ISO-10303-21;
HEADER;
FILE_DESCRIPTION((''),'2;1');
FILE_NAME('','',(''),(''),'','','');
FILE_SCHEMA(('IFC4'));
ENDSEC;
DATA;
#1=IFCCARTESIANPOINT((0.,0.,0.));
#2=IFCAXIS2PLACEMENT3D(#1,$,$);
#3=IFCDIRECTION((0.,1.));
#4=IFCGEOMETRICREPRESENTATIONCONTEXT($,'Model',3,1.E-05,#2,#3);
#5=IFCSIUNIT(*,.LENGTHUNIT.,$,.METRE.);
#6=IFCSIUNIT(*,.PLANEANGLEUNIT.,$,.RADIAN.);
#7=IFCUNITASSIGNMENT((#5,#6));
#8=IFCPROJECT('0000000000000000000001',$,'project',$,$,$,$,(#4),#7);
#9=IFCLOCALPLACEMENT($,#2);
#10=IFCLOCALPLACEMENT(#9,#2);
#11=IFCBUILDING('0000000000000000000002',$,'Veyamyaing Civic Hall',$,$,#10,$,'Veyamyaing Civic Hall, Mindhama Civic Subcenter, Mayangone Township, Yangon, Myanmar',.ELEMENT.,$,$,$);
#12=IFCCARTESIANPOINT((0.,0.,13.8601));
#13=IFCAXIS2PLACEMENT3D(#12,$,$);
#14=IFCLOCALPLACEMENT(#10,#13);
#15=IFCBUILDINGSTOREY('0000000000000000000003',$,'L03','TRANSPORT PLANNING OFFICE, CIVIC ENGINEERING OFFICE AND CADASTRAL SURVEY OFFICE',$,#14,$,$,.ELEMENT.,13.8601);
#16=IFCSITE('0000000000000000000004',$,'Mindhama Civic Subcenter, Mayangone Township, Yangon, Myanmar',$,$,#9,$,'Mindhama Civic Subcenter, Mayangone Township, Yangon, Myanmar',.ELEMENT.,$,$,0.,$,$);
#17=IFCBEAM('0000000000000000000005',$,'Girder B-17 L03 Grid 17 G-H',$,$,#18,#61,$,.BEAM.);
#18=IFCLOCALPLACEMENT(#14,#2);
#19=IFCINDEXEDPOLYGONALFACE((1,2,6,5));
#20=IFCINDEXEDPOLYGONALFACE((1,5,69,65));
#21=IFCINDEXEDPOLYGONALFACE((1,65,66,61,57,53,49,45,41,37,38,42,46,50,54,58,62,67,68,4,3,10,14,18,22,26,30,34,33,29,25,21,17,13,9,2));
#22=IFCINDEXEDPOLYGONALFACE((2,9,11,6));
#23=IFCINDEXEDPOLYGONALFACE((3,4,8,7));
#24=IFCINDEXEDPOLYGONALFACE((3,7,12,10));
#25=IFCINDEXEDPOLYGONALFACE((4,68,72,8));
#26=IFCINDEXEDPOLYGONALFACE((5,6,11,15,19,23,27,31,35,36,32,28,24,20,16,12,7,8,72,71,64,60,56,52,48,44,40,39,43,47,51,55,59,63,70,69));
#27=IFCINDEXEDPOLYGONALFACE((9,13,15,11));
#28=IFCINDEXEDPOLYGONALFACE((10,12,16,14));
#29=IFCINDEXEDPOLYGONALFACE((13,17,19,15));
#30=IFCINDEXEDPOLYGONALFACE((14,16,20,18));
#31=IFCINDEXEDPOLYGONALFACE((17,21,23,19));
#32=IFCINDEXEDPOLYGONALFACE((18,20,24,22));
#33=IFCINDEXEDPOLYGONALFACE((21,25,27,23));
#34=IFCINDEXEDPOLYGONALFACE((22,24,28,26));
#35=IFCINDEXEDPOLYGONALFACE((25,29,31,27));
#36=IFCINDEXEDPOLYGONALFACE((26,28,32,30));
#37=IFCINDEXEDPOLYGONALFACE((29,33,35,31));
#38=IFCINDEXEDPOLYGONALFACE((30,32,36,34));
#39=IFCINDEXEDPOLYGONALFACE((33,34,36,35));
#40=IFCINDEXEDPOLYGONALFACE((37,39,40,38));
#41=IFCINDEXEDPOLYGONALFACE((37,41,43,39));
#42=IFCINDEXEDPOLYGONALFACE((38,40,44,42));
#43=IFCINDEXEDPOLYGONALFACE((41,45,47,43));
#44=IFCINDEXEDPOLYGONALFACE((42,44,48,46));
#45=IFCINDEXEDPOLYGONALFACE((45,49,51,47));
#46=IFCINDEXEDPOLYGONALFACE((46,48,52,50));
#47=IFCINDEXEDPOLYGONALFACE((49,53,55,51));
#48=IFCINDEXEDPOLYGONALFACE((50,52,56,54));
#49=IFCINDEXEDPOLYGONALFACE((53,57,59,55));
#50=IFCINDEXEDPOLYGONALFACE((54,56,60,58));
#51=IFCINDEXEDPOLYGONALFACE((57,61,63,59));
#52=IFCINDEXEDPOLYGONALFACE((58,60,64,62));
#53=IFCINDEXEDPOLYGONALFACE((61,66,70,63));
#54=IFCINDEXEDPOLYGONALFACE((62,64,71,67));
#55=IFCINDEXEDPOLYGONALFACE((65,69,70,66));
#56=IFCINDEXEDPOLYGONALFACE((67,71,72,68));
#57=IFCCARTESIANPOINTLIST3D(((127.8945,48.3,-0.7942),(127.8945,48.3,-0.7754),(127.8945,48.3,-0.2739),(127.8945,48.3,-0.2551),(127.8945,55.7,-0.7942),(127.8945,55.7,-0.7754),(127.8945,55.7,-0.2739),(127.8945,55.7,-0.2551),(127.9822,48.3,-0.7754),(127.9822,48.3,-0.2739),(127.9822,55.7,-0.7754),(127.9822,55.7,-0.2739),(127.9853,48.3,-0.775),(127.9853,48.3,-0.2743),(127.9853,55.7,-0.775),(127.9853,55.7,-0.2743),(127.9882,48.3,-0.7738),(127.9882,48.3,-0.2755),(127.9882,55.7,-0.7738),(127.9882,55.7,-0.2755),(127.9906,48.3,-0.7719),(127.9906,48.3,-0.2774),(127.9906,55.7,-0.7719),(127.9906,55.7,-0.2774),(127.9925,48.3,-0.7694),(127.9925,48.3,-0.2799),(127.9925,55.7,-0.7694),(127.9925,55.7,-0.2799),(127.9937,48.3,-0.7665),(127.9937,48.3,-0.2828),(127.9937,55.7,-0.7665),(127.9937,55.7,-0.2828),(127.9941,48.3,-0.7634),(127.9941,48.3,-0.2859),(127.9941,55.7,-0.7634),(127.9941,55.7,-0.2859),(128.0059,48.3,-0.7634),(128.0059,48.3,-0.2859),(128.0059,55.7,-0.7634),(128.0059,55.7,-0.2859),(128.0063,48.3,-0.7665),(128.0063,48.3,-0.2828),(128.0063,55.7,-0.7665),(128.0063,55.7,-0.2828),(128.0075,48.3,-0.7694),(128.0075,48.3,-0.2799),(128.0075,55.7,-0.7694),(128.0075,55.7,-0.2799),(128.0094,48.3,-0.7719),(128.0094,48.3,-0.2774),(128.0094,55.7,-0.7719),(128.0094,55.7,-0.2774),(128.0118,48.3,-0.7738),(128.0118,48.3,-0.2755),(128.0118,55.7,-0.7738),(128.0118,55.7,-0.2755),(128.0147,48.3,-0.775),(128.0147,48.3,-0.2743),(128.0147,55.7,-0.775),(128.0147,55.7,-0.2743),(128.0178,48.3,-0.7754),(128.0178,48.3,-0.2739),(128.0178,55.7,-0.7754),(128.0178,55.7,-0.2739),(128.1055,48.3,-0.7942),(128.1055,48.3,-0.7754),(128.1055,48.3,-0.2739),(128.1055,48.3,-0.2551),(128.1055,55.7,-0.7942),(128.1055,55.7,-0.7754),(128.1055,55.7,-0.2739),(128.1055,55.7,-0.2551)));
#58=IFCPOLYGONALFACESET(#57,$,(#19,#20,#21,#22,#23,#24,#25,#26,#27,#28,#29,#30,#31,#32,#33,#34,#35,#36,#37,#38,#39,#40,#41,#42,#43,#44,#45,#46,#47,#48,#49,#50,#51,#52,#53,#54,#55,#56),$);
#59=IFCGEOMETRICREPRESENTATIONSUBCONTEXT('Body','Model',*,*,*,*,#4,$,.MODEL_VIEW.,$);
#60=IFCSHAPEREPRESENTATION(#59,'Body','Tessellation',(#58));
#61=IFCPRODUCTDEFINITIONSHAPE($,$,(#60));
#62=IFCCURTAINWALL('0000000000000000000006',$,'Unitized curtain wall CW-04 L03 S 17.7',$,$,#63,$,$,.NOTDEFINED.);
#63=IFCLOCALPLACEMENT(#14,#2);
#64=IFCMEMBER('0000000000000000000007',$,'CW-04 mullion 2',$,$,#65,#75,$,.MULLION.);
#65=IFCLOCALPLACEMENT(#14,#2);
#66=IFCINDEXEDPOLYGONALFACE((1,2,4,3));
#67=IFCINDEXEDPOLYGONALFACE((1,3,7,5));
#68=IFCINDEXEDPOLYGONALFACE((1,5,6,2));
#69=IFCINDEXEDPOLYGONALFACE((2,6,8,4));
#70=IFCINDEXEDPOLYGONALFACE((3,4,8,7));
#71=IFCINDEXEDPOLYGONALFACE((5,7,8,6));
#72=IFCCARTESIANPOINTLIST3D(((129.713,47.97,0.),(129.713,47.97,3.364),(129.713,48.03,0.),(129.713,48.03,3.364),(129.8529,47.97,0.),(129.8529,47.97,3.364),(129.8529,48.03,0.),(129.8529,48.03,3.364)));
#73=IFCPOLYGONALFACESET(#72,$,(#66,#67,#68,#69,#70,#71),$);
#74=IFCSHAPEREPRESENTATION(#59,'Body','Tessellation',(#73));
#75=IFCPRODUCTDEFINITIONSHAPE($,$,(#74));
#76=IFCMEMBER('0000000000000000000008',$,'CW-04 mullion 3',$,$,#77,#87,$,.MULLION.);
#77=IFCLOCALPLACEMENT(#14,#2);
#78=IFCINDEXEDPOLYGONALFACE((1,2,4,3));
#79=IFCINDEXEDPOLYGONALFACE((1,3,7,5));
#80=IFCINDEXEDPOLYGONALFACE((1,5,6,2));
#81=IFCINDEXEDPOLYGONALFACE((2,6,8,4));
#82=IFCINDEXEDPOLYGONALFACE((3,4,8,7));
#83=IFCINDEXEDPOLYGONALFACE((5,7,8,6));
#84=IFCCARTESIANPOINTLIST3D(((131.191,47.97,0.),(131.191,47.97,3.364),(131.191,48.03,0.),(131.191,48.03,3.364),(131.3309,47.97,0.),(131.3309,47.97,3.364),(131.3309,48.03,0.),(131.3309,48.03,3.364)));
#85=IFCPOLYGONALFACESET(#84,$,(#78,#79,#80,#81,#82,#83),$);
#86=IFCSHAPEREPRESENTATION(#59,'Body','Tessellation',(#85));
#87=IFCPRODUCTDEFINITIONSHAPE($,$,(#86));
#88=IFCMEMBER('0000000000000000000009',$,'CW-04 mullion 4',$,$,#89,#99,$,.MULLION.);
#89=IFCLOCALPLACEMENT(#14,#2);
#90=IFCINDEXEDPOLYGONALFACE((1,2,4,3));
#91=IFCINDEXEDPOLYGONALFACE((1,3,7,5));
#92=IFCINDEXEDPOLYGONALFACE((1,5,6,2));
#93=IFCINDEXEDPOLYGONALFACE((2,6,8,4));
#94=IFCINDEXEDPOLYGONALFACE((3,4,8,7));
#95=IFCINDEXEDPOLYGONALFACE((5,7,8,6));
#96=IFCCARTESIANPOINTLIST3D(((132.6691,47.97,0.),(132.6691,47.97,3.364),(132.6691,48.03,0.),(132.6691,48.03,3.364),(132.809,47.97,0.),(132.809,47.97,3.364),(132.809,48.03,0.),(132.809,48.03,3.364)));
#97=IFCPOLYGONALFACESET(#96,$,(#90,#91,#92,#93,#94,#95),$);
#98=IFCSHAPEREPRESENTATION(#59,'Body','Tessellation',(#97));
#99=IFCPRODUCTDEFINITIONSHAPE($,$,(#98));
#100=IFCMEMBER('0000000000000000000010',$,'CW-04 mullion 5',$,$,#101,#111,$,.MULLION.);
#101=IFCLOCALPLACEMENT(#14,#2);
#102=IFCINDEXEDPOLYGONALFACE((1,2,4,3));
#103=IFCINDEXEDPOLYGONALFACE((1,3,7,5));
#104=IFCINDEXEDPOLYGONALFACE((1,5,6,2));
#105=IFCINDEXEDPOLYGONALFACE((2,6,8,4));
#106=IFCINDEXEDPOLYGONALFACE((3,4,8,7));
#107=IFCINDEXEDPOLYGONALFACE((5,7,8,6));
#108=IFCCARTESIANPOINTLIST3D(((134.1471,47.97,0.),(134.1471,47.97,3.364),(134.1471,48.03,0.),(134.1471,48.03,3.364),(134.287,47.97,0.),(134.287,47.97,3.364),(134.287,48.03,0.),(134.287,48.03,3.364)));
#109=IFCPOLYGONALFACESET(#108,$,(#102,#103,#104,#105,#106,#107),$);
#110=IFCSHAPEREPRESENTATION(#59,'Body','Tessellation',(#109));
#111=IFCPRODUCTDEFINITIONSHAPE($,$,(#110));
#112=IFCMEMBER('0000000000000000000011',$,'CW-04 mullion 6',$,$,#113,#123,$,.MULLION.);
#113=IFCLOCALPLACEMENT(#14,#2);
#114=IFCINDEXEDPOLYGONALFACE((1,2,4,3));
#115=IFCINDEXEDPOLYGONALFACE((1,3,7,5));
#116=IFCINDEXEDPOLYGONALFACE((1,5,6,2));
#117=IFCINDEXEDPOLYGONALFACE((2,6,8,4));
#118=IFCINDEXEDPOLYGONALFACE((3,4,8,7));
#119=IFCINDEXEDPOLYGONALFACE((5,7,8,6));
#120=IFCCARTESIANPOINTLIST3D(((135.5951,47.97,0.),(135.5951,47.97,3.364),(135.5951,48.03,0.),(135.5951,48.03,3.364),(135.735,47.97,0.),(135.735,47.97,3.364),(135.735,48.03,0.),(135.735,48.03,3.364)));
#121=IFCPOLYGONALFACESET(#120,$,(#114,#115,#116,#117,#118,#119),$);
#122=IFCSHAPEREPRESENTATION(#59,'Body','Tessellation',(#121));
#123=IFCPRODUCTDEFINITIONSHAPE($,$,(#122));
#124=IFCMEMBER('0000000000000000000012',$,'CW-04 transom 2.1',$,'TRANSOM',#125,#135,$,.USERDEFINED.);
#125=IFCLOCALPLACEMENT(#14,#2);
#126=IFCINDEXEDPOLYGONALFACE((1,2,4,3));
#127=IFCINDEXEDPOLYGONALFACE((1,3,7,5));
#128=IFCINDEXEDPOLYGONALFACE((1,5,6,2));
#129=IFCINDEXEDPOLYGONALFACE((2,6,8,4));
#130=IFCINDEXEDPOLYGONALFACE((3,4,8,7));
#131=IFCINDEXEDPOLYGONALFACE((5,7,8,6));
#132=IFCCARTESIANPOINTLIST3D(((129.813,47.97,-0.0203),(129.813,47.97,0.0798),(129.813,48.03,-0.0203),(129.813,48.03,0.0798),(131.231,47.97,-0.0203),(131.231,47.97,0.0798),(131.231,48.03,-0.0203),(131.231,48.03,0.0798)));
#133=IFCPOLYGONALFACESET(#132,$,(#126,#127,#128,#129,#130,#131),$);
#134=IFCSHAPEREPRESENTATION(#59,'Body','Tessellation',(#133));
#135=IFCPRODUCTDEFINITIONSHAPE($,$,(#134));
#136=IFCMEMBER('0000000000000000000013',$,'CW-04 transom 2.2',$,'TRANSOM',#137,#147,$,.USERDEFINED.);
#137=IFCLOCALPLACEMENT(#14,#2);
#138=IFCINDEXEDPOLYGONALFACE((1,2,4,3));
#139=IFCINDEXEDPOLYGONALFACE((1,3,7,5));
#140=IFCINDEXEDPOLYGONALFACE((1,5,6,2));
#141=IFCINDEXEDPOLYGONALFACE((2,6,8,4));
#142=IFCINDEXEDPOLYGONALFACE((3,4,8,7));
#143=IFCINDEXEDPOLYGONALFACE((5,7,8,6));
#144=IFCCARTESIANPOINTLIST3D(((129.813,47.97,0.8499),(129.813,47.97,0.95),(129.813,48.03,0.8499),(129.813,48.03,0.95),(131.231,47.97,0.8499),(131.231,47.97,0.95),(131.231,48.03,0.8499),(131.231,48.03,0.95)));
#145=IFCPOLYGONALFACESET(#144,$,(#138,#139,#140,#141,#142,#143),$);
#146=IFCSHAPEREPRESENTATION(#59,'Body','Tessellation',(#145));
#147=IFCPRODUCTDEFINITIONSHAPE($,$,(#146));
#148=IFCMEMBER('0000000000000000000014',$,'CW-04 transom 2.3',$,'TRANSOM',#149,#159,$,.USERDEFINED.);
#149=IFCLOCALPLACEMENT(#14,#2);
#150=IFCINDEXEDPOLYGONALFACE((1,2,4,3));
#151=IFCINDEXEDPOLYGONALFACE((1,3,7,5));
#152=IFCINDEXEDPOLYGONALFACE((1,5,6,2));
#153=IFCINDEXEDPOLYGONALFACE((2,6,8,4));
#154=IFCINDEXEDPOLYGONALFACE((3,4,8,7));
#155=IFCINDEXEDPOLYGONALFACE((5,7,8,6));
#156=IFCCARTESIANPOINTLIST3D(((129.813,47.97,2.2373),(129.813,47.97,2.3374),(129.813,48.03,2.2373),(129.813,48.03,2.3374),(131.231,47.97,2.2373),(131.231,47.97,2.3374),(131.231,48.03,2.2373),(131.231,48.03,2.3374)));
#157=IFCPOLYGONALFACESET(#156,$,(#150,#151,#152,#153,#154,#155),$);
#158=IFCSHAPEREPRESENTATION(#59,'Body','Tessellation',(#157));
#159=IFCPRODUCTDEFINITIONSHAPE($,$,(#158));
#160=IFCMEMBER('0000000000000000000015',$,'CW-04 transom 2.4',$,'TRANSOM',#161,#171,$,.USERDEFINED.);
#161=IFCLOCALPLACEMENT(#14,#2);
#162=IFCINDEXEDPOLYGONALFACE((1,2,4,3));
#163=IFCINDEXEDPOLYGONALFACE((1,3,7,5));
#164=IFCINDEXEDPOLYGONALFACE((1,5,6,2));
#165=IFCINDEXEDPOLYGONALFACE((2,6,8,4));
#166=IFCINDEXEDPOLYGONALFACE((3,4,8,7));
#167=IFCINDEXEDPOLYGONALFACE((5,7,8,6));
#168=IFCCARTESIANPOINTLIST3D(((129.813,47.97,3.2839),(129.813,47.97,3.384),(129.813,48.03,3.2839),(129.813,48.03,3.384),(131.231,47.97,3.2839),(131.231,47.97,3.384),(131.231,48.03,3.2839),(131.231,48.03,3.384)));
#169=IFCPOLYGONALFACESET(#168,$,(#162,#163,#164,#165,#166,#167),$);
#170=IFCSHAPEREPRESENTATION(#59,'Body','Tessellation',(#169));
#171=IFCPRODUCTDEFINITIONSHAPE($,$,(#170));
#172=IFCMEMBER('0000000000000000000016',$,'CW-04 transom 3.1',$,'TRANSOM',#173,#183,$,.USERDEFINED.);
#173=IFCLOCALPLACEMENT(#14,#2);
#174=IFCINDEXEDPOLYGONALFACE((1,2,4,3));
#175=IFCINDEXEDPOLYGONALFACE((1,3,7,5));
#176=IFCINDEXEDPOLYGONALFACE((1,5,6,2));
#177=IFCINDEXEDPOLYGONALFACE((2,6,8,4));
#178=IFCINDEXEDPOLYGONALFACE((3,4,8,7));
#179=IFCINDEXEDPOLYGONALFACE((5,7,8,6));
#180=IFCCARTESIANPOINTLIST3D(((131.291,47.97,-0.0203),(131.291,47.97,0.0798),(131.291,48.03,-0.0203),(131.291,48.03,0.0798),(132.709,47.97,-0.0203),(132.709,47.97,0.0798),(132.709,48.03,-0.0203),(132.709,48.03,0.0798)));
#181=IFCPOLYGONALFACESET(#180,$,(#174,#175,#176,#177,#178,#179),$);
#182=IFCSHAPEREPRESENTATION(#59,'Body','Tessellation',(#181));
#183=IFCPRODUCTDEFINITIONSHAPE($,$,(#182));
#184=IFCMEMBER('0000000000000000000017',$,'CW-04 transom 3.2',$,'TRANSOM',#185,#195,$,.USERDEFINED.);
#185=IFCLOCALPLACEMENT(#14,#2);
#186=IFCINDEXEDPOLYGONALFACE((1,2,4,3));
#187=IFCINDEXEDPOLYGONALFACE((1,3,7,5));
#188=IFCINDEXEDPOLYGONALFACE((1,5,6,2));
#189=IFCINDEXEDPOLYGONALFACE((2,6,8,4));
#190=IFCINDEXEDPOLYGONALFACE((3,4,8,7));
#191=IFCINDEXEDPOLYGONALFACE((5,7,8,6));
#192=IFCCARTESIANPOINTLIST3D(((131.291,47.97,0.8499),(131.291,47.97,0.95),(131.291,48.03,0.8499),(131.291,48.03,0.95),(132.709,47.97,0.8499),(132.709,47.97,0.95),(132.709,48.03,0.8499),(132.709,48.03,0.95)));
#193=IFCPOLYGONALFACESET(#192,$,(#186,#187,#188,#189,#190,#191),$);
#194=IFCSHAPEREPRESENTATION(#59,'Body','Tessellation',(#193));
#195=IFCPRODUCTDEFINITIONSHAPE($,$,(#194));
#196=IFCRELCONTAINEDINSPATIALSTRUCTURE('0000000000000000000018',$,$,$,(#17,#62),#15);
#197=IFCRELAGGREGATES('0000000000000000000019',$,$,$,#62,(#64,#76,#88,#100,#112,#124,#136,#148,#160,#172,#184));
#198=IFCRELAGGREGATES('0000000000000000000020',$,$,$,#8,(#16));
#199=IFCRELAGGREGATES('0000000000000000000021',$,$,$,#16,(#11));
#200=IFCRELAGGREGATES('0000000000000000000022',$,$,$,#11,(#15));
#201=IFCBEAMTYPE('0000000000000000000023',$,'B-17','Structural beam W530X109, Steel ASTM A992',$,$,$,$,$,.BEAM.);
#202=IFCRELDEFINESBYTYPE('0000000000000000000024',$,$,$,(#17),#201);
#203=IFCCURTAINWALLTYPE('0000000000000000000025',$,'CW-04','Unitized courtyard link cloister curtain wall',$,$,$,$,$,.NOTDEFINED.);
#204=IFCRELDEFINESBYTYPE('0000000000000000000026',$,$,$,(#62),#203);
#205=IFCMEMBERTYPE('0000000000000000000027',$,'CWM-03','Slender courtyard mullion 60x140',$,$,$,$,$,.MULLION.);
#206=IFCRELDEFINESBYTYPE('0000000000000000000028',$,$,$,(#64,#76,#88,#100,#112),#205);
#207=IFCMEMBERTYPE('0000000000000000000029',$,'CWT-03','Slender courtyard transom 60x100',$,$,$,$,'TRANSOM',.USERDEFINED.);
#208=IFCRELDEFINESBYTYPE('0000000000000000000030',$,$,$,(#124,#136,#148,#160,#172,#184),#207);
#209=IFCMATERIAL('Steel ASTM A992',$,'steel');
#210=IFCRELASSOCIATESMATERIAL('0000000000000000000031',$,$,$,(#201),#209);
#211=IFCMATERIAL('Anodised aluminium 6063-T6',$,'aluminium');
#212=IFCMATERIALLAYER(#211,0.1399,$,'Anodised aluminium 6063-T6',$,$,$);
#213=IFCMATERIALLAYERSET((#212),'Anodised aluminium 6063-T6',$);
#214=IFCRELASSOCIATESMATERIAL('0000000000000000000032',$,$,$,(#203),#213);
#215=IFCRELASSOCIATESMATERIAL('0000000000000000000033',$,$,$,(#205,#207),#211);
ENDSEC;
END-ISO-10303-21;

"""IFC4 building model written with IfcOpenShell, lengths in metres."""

from ifc_helpers import new_model, si_unit, direction, frame, origin, origin_2d, place, context, subcontext, project, spatial, rectangle, i_section, extrude, material, layer, layer_set, material_profile, profile_set, type_object, element, aggregate, save


model = new_model("IFC4")

# Units and contexts
model_context = context("Model", 3, precision=1e-05, world=origin(), true_north=direction((0.0, 1.0)))
body_context = subcontext(model_context, "Body", "Model", "MODEL_VIEW")
ifc_project = project(units=[si_unit("LENGTHUNIT", "METRE"), si_unit("PLANEANGLEUNIT", "RADIAN")], contexts=[model_context])

# Site, building, storey
site_placement = place(None, origin())
site = spatial("IfcSite", under=ifc_project, at=site_placement, Name="Mindhama Civic Subcenter, Mayangone Township, Yangon, Myanmar", LongName="Mindhama Civic Subcenter, Mayangone Township, Yangon, Myanmar", CompositionType="ELEMENT", RefElevation=0.0)
building_placement = place(site_placement, origin())
building = spatial("IfcBuilding", under=site, at=building_placement, Name="Veyamyaing Civic Hall", LongName="Veyamyaing Civic Hall, Mindhama Civic Subcenter, Mayangone Township, Yangon, Myanmar", CompositionType="ELEMENT")
storey_placement = place(building_placement, frame((0.0, 0.0, 13.8601)))
storey = spatial("IfcBuildingStorey", under=building, at=storey_placement, Name="L03", Description="TRANSPORT PLANNING OFFICE, CIVIC ENGINEERING OFFICE AND CADASTRAL SURVEY OFFICE", CompositionType="ELEMENT", Elevation=13.8601)

# Beam
ifc_material_1 = material(Name="Steel ASTM A992", Category="steel")
ifc_material_profile_1 = material_profile(ifc_material_1, i_section(OverallWidth=0.2109, OverallDepth=0.5391, WebThickness=0.0117, FlangeThickness=0.0188, FilletRadius=0.012, at=origin_2d()), Name="W530X109")
ifc_profile_set_1 = profile_set([ifc_material_profile_1], Name="Steel ASTM A992")
beam_type_1 = type_object("IfcBeamType", Name="B-17", Description="Structural beam W530X109, Steel ASTM A992", PredefinedType="BEAM", material=ifc_profile_set_1)
beam_1_placement = place(storey_placement, frame((128.0, 48.3, -0.5247), z_axis=(0.0, 1.0, 0.0), x_axis=(-1.0, 0.0, 0.0)))
element("IfcBeam", 1, at=beam_1_placement, inside=storey, type_object=beam_type_1, Name="Girder B-17 L03 Grid 17 G-H", PredefinedType="BEAM", context=body_context, shape_type="SweptSolid", body=[
    extrude(i_section(OverallWidth=0.2109, OverallDepth=0.5391, WebThickness=0.0117, FlangeThickness=0.0188, FilletRadius=0.012, at=origin_2d()), origin(), (0.0, 0.0, 1.0), 7.3999),
])

# Curtain wall, members
ifc_material_2 = material(Name="Anodised aluminium 6063-T6", Category="aluminium")
ifc_layer_1 = layer(ifc_material_2, 0.1399, Name="Anodised aluminium 6063-T6")
ifc_layer_set_1 = layer_set([ifc_layer_1], Name="Anodised aluminium 6063-T6")
curtain_wall_type = type_object("IfcCurtainWallType", Name="CW-04", Description="Unitized courtyard link cloister curtain wall", PredefinedType="NOTDEFINED", material=ifc_layer_set_1)
curtain_wall_placement = place(storey_placement, origin())
curtain_wall = element("IfcCurtainWall", 2, at=curtain_wall_placement, inside=storey, type_object=curtain_wall_type, Name="Unitized curtain wall CW-04 L03 S 17.7", PredefinedType="NOTDEFINED")
ifc_material_profile_2 = material_profile(ifc_material_2, rectangle(XDim=0.0601, YDim=0.1399, at=origin_2d()), Name="ALU-MUL-60X140")
ifc_profile_set_2 = profile_set([ifc_material_profile_2], Name="Anodised aluminium 6063-T6")
member_type_1 = type_object("IfcMemberType", Name="CWM-03", Description="Slender courtyard mullion 60x140", PredefinedType="MULLION", material=ifc_profile_set_2)
member_1_placement = place(storey_placement, frame((129.783, 48.0, 0.0), z_axis=(0.0, 0.0, 1.0), x_axis=(0.0, 1.0, 0.0)))
member_1 = element("IfcMember", 3, at=member_1_placement, type_object=member_type_1, Name="CW-04 mullion 2", PredefinedType="MULLION", context=body_context, shape_type="SweptSolid", body=[
    extrude(rectangle(XDim=0.0601, YDim=0.1399, at=origin_2d()), origin(), (0.0, 0.0, 1.0), 3.364),
])
member_2_placement = place(storey_placement, frame((131.261, 48.0, 0.0), z_axis=(0.0, 0.0, 1.0), x_axis=(0.0, 1.0, 0.0)))
member_2 = element("IfcMember", 4, at=member_2_placement, type_object=member_type_1, Name="CW-04 mullion 3", PredefinedType="MULLION", context=body_context, shape_type="SweptSolid", body=[
    extrude(rectangle(XDim=0.0601, YDim=0.1399, at=origin_2d()), origin(), (0.0, 0.0, 1.0), 3.364),
])
member_3_placement = place(storey_placement, frame((132.739, 48.0, 0.0), z_axis=(0.0, 0.0, 1.0), x_axis=(0.0, 1.0, 0.0)))
member_3 = element("IfcMember", 5, at=member_3_placement, type_object=member_type_1, Name="CW-04 mullion 4", PredefinedType="MULLION", context=body_context, shape_type="SweptSolid", body=[
    extrude(rectangle(XDim=0.0601, YDim=0.1399, at=origin_2d()), origin(), (0.0, 0.0, 1.0), 3.364),
])
member_4_placement = place(storey_placement, frame((134.217, 48.0, 0.0), z_axis=(0.0, 0.0, 1.0), x_axis=(0.0, 1.0, 0.0)))
member_4 = element("IfcMember", 6, at=member_4_placement, type_object=member_type_1, Name="CW-04 mullion 5", PredefinedType="MULLION", context=body_context, shape_type="SweptSolid", body=[
    extrude(rectangle(XDim=0.0601, YDim=0.1399, at=origin_2d()), origin(), (0.0, 0.0, 1.0), 3.364),
])
member_5_placement = place(storey_placement, frame((135.665, 48.0, 0.0), z_axis=(0.0, 0.0, 1.0), x_axis=(0.0, 1.0, 0.0)))
member_5 = element("IfcMember", 7, at=member_5_placement, type_object=member_type_1, Name="CW-04 mullion 6", PredefinedType="MULLION", context=body_context, shape_type="SweptSolid", body=[
    extrude(rectangle(XDim=0.0601, YDim=0.1399, at=origin_2d()), origin(), (0.0, 0.0, 1.0), 3.364),
])
ifc_material_profile_3 = material_profile(ifc_material_2, rectangle(XDim=0.0601, YDim=0.1001, at=origin_2d()), Name="ALU-TRN-60X100")
ifc_profile_set_3 = profile_set([ifc_material_profile_3], Name="Anodised aluminium 6063-T6")
member_type_2 = type_object("IfcMemberType", Name="CWT-03", Description="Slender courtyard transom 60x100", ElementType="TRANSOM", PredefinedType="USERDEFINED", material=ifc_profile_set_3)
member_6_placement = place(storey_placement, frame((129.813, 48.0, 0.0298), z_axis=(1.0, 0.0, 0.0), x_axis=(0.0, 1.0, 0.0)))
member_6 = element("IfcMember", 8, at=member_6_placement, type_object=member_type_2, Name="CW-04 transom 2.1", ObjectType="TRANSOM", PredefinedType="USERDEFINED", context=body_context, shape_type="SweptSolid", body=[
    extrude(rectangle(XDim=0.0601, YDim=0.1001, at=origin_2d()), origin(), (0.0, 0.0, 1.0), 1.418),
])
member_7_placement = place(storey_placement, frame((129.813, 48.0, 0.8999), z_axis=(1.0, 0.0, 0.0), x_axis=(0.0, 1.0, 0.0)))
member_7 = element("IfcMember", 9, at=member_7_placement, type_object=member_type_2, Name="CW-04 transom 2.2", ObjectType="TRANSOM", PredefinedType="USERDEFINED", context=body_context, shape_type="SweptSolid", body=[
    extrude(rectangle(XDim=0.0601, YDim=0.1001, at=origin_2d()), origin(), (0.0, 0.0, 1.0), 1.418),
])
member_8_placement = place(storey_placement, frame((129.813, 48.0, 2.2874), z_axis=(1.0, 0.0, 0.0), x_axis=(0.0, 1.0, 0.0)))
member_8 = element("IfcMember", 10, at=member_8_placement, type_object=member_type_2, Name="CW-04 transom 2.3", ObjectType="TRANSOM", PredefinedType="USERDEFINED", context=body_context, shape_type="SweptSolid", body=[
    extrude(rectangle(XDim=0.0601, YDim=0.1001, at=origin_2d()), origin(), (0.0, 0.0, 1.0), 1.418),
])
member_9_placement = place(storey_placement, frame((129.813, 48.0, 3.334), z_axis=(1.0, 0.0, 0.0), x_axis=(0.0, 1.0, 0.0)))
member_9 = element("IfcMember", 11, at=member_9_placement, type_object=member_type_2, Name="CW-04 transom 2.4", ObjectType="TRANSOM", PredefinedType="USERDEFINED", context=body_context, shape_type="SweptSolid", body=[
    extrude(rectangle(XDim=0.0601, YDim=0.1001, at=origin_2d()), origin(), (0.0, 0.0, 1.0), 1.418),
])
member_10_placement = place(storey_placement, frame((131.291, 48.0, 0.0298), z_axis=(1.0, 0.0, 0.0), x_axis=(0.0, 1.0, 0.0)))
member_10 = element("IfcMember", 12, at=member_10_placement, type_object=member_type_2, Name="CW-04 transom 3.1", ObjectType="TRANSOM", PredefinedType="USERDEFINED", context=body_context, shape_type="SweptSolid", body=[
    extrude(rectangle(XDim=0.0601, YDim=0.1001, at=origin_2d()), origin(), (0.0, 0.0, 1.0), 1.418),
])
member_11_placement = place(storey_placement, frame((131.291, 48.0, 0.8999), z_axis=(1.0, 0.0, 0.0), x_axis=(0.0, 1.0, 0.0)))
member_11 = element("IfcMember", 13, at=member_11_placement, type_object=member_type_2, Name="CW-04 transom 3.2", ObjectType="TRANSOM", PredefinedType="USERDEFINED", context=body_context, shape_type="SweptSolid", body=[
    extrude(rectangle(XDim=0.0601, YDim=0.1001, at=origin_2d()), origin(), (0.0, 0.0, 1.0), 1.418),
])

aggregate(curtain_wall, [member_1, member_2, member_3, member_4, member_5, member_6, member_7, member_8, member_9, member_10, member_11])

save(model, "model.ifc")
